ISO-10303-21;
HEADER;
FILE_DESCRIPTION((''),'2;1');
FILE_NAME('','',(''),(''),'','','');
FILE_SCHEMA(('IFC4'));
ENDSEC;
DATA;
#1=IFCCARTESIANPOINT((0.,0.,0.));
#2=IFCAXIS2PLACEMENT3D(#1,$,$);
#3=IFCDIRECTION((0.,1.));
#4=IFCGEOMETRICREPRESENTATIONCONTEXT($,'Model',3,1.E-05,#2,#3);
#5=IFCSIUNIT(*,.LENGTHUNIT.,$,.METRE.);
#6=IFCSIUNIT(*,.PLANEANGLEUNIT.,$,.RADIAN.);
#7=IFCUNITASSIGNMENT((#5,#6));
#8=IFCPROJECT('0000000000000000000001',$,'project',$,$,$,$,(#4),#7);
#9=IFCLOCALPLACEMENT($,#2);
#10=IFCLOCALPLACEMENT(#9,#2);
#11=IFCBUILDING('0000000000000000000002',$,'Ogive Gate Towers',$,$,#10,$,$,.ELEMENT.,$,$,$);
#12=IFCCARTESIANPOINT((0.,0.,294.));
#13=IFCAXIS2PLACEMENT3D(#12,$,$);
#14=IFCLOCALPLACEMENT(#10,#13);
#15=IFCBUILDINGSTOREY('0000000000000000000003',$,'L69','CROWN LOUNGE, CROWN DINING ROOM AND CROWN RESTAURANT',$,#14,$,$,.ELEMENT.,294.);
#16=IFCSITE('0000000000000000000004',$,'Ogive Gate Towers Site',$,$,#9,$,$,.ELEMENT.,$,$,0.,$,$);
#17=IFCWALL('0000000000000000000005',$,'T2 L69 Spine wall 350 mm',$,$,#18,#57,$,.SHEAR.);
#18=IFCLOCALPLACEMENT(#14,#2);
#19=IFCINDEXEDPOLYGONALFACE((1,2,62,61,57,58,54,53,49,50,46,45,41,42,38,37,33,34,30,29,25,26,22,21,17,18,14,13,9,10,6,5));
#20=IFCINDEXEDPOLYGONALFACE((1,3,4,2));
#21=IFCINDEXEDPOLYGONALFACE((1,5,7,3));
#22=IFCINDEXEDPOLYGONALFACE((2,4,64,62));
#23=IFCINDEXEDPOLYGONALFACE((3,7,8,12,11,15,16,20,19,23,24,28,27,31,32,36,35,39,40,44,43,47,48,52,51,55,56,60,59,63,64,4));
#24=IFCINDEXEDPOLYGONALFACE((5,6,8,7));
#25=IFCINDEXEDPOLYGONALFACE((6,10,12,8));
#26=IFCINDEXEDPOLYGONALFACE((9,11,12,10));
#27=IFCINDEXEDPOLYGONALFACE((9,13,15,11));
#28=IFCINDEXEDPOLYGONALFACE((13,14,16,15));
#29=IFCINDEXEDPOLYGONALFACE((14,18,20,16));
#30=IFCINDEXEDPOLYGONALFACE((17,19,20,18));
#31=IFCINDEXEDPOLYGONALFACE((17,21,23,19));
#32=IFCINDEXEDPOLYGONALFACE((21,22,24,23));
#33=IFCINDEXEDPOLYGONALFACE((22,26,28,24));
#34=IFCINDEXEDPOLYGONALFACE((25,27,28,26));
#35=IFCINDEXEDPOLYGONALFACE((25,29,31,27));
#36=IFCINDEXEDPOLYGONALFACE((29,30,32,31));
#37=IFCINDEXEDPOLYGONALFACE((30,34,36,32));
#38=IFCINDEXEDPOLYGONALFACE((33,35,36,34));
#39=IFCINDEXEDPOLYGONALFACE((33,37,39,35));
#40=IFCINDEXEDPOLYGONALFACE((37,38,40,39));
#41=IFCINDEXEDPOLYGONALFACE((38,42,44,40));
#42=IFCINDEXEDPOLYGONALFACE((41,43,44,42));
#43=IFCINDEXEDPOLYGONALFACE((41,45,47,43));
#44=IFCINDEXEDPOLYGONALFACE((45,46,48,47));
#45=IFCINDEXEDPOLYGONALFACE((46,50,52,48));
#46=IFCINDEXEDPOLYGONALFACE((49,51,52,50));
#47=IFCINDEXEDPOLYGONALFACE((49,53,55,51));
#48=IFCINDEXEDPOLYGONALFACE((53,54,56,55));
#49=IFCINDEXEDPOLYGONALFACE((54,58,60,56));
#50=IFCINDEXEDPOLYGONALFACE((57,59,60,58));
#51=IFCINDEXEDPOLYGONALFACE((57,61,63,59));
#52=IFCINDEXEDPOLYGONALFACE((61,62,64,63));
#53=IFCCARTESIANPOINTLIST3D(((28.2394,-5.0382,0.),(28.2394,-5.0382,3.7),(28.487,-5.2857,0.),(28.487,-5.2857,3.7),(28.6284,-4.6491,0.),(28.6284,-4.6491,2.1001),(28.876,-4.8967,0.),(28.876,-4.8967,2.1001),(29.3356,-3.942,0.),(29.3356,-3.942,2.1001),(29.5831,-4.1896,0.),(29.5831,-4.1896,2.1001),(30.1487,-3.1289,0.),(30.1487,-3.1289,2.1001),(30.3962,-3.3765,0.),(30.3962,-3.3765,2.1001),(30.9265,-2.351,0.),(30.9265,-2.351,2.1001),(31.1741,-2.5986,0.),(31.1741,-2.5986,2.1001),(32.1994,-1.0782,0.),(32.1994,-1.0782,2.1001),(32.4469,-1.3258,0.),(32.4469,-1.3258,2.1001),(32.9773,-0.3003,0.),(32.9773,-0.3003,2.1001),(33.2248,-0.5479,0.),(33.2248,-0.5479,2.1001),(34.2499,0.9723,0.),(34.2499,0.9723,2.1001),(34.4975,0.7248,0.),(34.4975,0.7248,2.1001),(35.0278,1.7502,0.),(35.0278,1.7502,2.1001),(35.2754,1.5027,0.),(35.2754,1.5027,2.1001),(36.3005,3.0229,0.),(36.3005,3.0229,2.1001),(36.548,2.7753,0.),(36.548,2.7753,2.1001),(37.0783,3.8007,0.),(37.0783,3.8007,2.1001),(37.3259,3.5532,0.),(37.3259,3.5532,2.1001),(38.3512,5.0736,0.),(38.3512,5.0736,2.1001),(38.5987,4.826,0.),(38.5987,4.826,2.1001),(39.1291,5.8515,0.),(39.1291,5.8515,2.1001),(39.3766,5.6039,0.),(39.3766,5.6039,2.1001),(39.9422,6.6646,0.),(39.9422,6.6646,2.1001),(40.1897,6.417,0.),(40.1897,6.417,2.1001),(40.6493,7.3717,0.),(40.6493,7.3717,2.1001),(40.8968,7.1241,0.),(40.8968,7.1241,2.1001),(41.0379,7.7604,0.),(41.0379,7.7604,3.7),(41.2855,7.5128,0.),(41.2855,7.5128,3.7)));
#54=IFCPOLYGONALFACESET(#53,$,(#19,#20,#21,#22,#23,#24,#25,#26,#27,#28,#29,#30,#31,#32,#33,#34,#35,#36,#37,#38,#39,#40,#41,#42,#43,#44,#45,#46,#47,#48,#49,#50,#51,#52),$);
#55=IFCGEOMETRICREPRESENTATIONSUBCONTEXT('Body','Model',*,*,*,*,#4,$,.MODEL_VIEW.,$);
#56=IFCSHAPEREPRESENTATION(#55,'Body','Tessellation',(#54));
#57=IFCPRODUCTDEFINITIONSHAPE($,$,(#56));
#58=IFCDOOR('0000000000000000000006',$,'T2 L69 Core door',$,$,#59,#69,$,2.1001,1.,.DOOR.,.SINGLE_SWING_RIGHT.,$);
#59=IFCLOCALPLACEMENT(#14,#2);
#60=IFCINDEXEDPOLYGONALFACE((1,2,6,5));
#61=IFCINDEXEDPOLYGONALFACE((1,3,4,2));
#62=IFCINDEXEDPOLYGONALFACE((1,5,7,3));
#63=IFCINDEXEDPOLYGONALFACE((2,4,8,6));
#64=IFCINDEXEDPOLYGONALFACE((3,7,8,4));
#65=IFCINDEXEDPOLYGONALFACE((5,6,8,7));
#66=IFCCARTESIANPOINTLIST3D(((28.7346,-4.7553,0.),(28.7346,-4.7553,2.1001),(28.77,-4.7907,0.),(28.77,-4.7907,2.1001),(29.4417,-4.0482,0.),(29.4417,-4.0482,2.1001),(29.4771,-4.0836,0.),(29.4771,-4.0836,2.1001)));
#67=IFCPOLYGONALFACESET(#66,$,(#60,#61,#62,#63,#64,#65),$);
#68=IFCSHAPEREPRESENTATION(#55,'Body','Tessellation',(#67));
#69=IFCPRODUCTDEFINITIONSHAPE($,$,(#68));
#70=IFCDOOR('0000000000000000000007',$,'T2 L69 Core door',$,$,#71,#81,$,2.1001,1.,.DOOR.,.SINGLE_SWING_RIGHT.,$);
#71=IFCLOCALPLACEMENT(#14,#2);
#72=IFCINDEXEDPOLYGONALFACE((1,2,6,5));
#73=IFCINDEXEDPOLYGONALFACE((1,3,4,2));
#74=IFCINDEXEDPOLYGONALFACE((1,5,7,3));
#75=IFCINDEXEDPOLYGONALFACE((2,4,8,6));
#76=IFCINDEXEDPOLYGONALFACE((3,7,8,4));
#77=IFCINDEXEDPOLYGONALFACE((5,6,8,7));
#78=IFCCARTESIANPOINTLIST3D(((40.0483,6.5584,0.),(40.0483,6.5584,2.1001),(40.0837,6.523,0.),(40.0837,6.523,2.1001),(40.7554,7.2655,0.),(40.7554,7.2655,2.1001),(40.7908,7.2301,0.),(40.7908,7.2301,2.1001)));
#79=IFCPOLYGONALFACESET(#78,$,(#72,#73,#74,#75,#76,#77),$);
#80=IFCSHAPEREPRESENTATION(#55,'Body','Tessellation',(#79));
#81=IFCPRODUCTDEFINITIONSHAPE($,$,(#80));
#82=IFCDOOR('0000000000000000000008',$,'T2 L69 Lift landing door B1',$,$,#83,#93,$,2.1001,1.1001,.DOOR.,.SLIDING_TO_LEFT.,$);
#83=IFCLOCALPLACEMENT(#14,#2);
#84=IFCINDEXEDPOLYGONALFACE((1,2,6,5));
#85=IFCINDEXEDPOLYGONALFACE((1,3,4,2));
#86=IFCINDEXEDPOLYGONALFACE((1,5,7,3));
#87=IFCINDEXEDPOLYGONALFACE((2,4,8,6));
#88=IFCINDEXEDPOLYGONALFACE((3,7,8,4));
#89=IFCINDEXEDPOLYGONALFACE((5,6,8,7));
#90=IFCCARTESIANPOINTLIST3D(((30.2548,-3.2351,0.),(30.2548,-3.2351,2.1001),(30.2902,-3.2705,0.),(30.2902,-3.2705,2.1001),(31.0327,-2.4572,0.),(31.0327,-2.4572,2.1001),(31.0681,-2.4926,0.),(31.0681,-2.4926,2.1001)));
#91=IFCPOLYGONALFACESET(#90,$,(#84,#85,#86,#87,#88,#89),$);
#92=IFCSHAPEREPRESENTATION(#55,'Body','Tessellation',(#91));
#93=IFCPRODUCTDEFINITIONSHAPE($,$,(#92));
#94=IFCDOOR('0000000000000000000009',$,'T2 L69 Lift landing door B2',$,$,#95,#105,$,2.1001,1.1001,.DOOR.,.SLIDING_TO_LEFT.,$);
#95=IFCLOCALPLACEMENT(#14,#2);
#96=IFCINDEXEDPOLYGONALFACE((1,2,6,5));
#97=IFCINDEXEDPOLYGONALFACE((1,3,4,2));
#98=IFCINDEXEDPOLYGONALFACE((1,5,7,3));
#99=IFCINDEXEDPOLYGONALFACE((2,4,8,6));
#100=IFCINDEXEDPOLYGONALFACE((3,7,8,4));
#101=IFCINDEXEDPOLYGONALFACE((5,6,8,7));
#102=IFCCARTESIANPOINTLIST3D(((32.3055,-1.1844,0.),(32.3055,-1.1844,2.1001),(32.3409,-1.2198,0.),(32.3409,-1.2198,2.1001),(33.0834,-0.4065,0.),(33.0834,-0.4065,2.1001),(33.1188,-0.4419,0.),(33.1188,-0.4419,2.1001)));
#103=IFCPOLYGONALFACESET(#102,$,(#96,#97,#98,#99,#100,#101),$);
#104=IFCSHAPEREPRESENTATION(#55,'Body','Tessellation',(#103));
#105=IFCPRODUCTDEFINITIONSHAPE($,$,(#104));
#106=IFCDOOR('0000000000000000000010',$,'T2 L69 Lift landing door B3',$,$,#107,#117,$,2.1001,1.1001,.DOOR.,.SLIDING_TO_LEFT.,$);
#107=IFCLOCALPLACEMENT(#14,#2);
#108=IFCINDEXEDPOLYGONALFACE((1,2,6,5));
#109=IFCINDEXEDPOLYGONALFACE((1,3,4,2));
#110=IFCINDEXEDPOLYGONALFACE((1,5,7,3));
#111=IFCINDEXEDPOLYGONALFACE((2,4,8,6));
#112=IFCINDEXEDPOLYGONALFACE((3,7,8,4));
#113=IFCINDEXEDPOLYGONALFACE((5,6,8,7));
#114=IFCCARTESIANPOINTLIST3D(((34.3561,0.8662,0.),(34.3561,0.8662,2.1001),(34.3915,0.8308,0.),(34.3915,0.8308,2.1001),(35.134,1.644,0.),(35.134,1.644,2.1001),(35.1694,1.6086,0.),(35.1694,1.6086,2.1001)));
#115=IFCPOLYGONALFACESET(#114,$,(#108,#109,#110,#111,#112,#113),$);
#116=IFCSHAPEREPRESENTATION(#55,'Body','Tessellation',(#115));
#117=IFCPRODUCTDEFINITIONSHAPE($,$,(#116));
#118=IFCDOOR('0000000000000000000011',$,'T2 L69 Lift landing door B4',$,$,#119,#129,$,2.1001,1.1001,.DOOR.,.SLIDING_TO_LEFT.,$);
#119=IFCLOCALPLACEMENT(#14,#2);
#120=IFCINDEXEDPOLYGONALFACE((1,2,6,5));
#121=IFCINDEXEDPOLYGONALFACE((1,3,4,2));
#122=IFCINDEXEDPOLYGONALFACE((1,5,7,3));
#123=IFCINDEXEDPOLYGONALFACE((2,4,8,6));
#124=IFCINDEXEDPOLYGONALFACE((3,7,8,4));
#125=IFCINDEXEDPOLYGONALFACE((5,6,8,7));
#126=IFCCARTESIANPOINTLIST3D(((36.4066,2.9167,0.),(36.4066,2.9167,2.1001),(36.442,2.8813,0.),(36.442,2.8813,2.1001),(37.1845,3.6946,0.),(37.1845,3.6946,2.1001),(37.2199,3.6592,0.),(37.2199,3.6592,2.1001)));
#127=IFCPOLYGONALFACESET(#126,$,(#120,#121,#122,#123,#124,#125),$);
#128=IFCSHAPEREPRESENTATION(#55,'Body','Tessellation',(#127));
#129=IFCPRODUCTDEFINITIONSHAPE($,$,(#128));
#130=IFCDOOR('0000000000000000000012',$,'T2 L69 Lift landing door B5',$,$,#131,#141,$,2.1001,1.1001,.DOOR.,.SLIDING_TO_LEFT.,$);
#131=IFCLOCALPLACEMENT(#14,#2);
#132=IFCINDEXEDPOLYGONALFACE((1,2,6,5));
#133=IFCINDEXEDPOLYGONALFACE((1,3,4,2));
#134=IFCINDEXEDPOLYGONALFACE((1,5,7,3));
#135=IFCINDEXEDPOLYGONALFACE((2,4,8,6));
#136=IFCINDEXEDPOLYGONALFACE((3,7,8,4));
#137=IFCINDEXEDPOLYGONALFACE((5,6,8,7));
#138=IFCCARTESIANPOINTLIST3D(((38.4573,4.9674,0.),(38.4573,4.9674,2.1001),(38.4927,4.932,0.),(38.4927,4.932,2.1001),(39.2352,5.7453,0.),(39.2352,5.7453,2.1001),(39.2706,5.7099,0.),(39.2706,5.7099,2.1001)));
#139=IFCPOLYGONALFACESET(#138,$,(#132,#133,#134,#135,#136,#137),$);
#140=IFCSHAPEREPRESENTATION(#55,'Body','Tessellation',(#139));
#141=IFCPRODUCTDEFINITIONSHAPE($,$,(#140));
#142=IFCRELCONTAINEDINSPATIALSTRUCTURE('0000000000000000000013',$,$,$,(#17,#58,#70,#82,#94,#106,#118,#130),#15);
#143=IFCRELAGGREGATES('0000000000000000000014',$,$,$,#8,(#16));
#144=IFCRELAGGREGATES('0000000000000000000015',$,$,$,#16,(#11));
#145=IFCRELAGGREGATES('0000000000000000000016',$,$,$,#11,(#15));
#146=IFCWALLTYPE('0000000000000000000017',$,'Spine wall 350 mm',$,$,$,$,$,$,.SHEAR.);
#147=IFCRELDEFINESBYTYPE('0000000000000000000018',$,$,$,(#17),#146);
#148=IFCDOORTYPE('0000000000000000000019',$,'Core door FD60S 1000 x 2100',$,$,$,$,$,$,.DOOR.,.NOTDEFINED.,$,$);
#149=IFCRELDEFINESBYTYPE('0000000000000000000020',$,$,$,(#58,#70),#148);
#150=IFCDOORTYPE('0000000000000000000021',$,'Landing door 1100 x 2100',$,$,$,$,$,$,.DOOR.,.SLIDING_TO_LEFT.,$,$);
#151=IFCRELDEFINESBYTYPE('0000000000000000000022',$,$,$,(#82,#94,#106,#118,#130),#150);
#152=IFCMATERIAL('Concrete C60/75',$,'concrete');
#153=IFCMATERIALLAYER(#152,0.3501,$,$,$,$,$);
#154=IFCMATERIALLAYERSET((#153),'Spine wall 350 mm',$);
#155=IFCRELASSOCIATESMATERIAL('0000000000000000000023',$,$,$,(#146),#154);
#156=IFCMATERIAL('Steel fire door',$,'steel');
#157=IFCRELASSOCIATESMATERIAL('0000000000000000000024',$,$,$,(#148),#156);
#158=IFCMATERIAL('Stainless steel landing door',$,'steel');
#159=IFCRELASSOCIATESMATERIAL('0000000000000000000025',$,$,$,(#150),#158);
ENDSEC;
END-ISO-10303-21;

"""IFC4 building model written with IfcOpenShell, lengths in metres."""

from ifc_helpers import new_model, si_unit, direction, frame, frame_2d, origin, place, context, subcontext, project, spatial, rectangle, extrude, material, layer, layer_set, type_object, element, fill, save


model = new_model("IFC4")

# Units and contexts
model_context = context("Model", 3, precision=1e-05, world=origin(), true_north=direction((0.0, 1.0)))
body_context = subcontext(model_context, "Body", "Model", "MODEL_VIEW")
ifc_project = project(units=[si_unit("LENGTHUNIT", "METRE"), si_unit("PLANEANGLEUNIT", "RADIAN")], contexts=[model_context])

# Site, building, storey
site_placement = place(None, origin())
site = spatial("IfcSite", under=ifc_project, at=site_placement, Name="Ogive Gate Towers Site", CompositionType="ELEMENT", RefElevation=0.0)
building_placement = place(site_placement, origin())
building = spatial("IfcBuilding", under=site, at=building_placement, Name="Ogive Gate Towers", CompositionType="ELEMENT")
storey_placement = place(building_placement, frame((0.0, 0.0, 294.0)))
storey = spatial("IfcBuildingStorey", under=building, at=storey_placement, Name="L69", Description="CROWN LOUNGE, CROWN DINING ROOM AND CROWN RESTAURANT", CompositionType="ELEMENT", Elevation=294.0)

# Shared definitions
ifc_material_1 = material(Name="Concrete C60/75", Category="concrete")

# Wall, openings, doors
ifc_layer_1 = layer(ifc_material_1, 0.3501)
ifc_layer_set_1 = layer_set([ifc_layer_1], Name="Spine wall 350 mm")
wall_type_1 = type_object("IfcWallType", Name="Spine wall 350 mm", PredefinedType="SHEAR", material=ifc_layer_set_1)
ifc_material_2 = material(Name="Steel fire door", Category="steel")
door_type_1 = type_object("IfcDoorType", Name="Core door FD60S 1000 x 2100", OperationType="NOTDEFINED", PredefinedType="DOOR", material=ifc_material_2)
ifc_material_3 = material(Name="Stainless steel landing door", Category="steel")
door_type_2 = type_object("IfcDoorType", Name="Landing door 1100 x 2100", OperationType="SLIDING_TO_LEFT", PredefinedType="DOOR", material=ifc_material_3)
wall_1_placement = place(storey_placement, frame((28.3633, -5.1619, 0.0), z_axis=(0.0, 0.0, 1.0), x_axis=(0.707107, 0.707107, 0.0)))
wall_1 = element("IfcWall", 1, at=wall_1_placement, inside=storey, type_object=wall_type_1, Name="T2 L69 Spine wall 350 mm", PredefinedType="SHEAR", context=body_context, shape_type="SweptSolid", body=[
    extrude(rectangle(XDim=18.0999, YDim=0.3501, at=frame_2d((9.0498, 0.0))), origin(), (0.0, 0.0, 1.0), 3.7),
])
opening_1_placement = place(wall_1_placement, frame((0.55, 0.0, 0.0)))
opening_1 = element("IfcOpeningElement", 2, at=opening_1_placement, cuts=wall_1, PredefinedType="OPENING", context=body_context, shape_type="SweptSolid", body=[
    extrude(rectangle(XDim=1.0, YDim=2.1001, at=frame_2d((0.5, 1.05))), frame((0.0, 0.1851, 0.0), z_axis=(0.0, -1.0, 0.0), x_axis=(1.0, 0.0, 0.0)), (0.0, 0.0, 1.0), 0.3701),
])
opening_2_placement = place(wall_1_placement, frame((2.7, 0.0, 0.0)))
opening_2 = element("IfcOpeningElement", 3, at=opening_2_placement, cuts=wall_1, PredefinedType="OPENING", context=body_context, shape_type="SweptSolid", body=[
    extrude(rectangle(XDim=1.1001, YDim=2.1001, at=frame_2d((0.55, 1.05))), frame((0.0, 0.1851, 0.0), z_axis=(0.0, -1.0, 0.0), x_axis=(1.0, 0.0, 0.0)), (0.0, 0.0, 1.0), 0.3701),
])
opening_3_placement = place(wall_1_placement, frame((5.6001, 0.0, 0.0)))
opening_3 = element("IfcOpeningElement", 4, at=opening_3_placement, cuts=wall_1, PredefinedType="OPENING", context=body_context, shape_type="SweptSolid", body=[
    extrude(rectangle(XDim=1.1001, YDim=2.1001, at=frame_2d((0.55, 1.05))), frame((0.0, 0.1851, 0.0), z_axis=(0.0, -1.0, 0.0), x_axis=(1.0, 0.0, 0.0)), (0.0, 0.0, 1.0), 0.3701),
])
opening_4_placement = place(wall_1_placement, frame((8.5, 0.0, 0.0)))
opening_4 = element("IfcOpeningElement", 5, at=opening_4_placement, cuts=wall_1, PredefinedType="OPENING", context=body_context, shape_type="SweptSolid", body=[
    extrude(rectangle(XDim=1.1001, YDim=2.1001, at=frame_2d((0.55, 1.05))), frame((0.0, 0.1851, 0.0), z_axis=(0.0, -1.0, 0.0), x_axis=(1.0, 0.0, 0.0)), (0.0, 0.0, 1.0), 0.3701),
])
opening_5_placement = place(wall_1_placement, frame((11.3999, 0.0, 0.0)))
opening_5 = element("IfcOpeningElement", 6, at=opening_5_placement, cuts=wall_1, PredefinedType="OPENING", context=body_context, shape_type="SweptSolid", body=[
    extrude(rectangle(XDim=1.1001, YDim=2.1001, at=frame_2d((0.55, 1.05))), frame((0.0, 0.1851, 0.0), z_axis=(0.0, -1.0, 0.0), x_axis=(1.0, 0.0, 0.0)), (0.0, 0.0, 1.0), 0.3701),
])
opening_6_placement = place(wall_1_placement, frame((14.3, 0.0, 0.0)))
opening_6 = element("IfcOpeningElement", 7, at=opening_6_placement, cuts=wall_1, PredefinedType="OPENING", context=body_context, shape_type="SweptSolid", body=[
    extrude(rectangle(XDim=1.1001, YDim=2.1001, at=frame_2d((0.55, 1.05))), frame((0.0, 0.1851, 0.0), z_axis=(0.0, -1.0, 0.0), x_axis=(1.0, 0.0, 0.0)), (0.0, 0.0, 1.0), 0.3701),
])
opening_7_placement = place(wall_1_placement, frame((16.55, 0.0, 0.0)))
opening_7 = element("IfcOpeningElement", 8, at=opening_7_placement, cuts=wall_1, PredefinedType="OPENING", context=body_context, shape_type="SweptSolid", body=[
    extrude(rectangle(XDim=1.0, YDim=2.1001, at=frame_2d((0.5, 1.05))), frame((0.0, 0.1851, 0.0), z_axis=(0.0, -1.0, 0.0), x_axis=(1.0, 0.0, 0.0)), (0.0, 0.0, 1.0), 0.3701),
])
door_1_placement = place(opening_1_placement, origin())
door_1 = element("IfcDoor", 9, at=door_1_placement, inside=storey, type_object=door_type_1, Name="T2 L69 Core door", OperationType="SINGLE_SWING_RIGHT", OverallHeight=2.1001, OverallWidth=1.0, PredefinedType="DOOR", context=body_context, shape_type="SweptSolid", body=[
    extrude(rectangle(XDim=1.0, YDim=2.1001, at=frame_2d((0.5, 1.05))), frame((0.0, 0.0249, 0.0), z_axis=(0.0, -1.0, 0.0), x_axis=(1.0, 0.0, 0.0)), (0.0, 0.0, 1.0), 0.05),
])
fill(opening_1, door_1)
door_2_placement = place(opening_7_placement, origin())
door_2 = element("IfcDoor", 10, at=door_2_placement, inside=storey, type_object=door_type_1, Name="T2 L69 Core door", OperationType="SINGLE_SWING_RIGHT", OverallHeight=2.1001, OverallWidth=1.0, PredefinedType="DOOR", context=body_context, shape_type="SweptSolid", body=[
    extrude(rectangle(XDim=1.0, YDim=2.1001, at=frame_2d((0.5, 1.05))), frame((0.0, 0.0249, 0.0), z_axis=(0.0, -1.0, 0.0), x_axis=(1.0, 0.0, 0.0)), (0.0, 0.0, 1.0), 0.05),
])
fill(opening_7, door_2)
door_3_placement = place(opening_2_placement, origin())
door_3 = element("IfcDoor", 11, at=door_3_placement, inside=storey, type_object=door_type_2, Name="T2 L69 Lift landing door B1", OperationType="SLIDING_TO_LEFT", OverallHeight=2.1001, OverallWidth=1.1001, PredefinedType="DOOR", context=body_context, shape_type="SweptSolid", body=[
    extrude(rectangle(XDim=1.1001, YDim=2.1001, at=frame_2d((0.55, 1.05))), frame((0.0, 0.0249, 0.0), z_axis=(0.0, -1.0, 0.0), x_axis=(1.0, 0.0, 0.0)), (0.0, 0.0, 1.0), 0.05),
])
fill(opening_2, door_3)
door_4_placement = place(opening_3_placement, origin())
door_4 = element("IfcDoor", 12, at=door_4_placement, inside=storey, type_object=door_type_2, Name="T2 L69 Lift landing door B2", OperationType="SLIDING_TO_LEFT", OverallHeight=2.1001, OverallWidth=1.1001, PredefinedType="DOOR", context=body_context, shape_type="SweptSolid", body=[
    extrude(rectangle(XDim=1.1001, YDim=2.1001, at=frame_2d((0.55, 1.05))), frame((0.0, 0.0249, 0.0), z_axis=(0.0, -1.0, 0.0), x_axis=(1.0, 0.0, 0.0)), (0.0, 0.0, 1.0), 0.05),
])
fill(opening_3, door_4)
door_5_placement = place(opening_4_placement, origin())
door_5 = element("IfcDoor", 13, at=door_5_placement, inside=storey, type_object=door_type_2, Name="T2 L69 Lift landing door B3", OperationType="SLIDING_TO_LEFT", OverallHeight=2.1001, OverallWidth=1.1001, PredefinedType="DOOR", context=body_context, shape_type="SweptSolid", body=[
    extrude(rectangle(XDim=1.1001, YDim=2.1001, at=frame_2d((0.55, 1.05))), frame((0.0, 0.0249, 0.0), z_axis=(0.0, -1.0, 0.0), x_axis=(1.0, 0.0, 0.0)), (0.0, 0.0, 1.0), 0.05),
])
fill(opening_4, door_5)
door_6_placement = place(opening_5_placement, origin())
door_6 = element("IfcDoor", 14, at=door_6_placement, inside=storey, type_object=door_type_2, Name="T2 L69 Lift landing door B4", OperationType="SLIDING_TO_LEFT", OverallHeight=2.1001, OverallWidth=1.1001, PredefinedType="DOOR", context=body_context, shape_type="SweptSolid", body=[
    extrude(rectangle(XDim=1.1001, YDim=2.1001, at=frame_2d((0.55, 1.05))), frame((0.0, 0.0249, 0.0), z_axis=(0.0, -1.0, 0.0), x_axis=(1.0, 0.0, 0.0)), (0.0, 0.0, 1.0), 0.05),
])
fill(opening_5, door_6)
door_7_placement = place(opening_6_placement, origin())
door_7 = element("IfcDoor", 15, at=door_7_placement, inside=storey, type_object=door_type_2, Name="T2 L69 Lift landing door B5", OperationType="SLIDING_TO_LEFT", OverallHeight=2.1001, OverallWidth=1.1001, PredefinedType="DOOR", context=body_context, shape_type="SweptSolid", body=[
    extrude(rectangle(XDim=1.1001, YDim=2.1001, at=frame_2d((0.55, 1.05))), frame((0.0, 0.0249, 0.0), z_axis=(0.0, -1.0, 0.0), x_axis=(1.0, 0.0, 0.0)), (0.0, 0.0, 1.0), 0.05),
])
fill(opening_6, door_7)

save(model, "model.ifc")
